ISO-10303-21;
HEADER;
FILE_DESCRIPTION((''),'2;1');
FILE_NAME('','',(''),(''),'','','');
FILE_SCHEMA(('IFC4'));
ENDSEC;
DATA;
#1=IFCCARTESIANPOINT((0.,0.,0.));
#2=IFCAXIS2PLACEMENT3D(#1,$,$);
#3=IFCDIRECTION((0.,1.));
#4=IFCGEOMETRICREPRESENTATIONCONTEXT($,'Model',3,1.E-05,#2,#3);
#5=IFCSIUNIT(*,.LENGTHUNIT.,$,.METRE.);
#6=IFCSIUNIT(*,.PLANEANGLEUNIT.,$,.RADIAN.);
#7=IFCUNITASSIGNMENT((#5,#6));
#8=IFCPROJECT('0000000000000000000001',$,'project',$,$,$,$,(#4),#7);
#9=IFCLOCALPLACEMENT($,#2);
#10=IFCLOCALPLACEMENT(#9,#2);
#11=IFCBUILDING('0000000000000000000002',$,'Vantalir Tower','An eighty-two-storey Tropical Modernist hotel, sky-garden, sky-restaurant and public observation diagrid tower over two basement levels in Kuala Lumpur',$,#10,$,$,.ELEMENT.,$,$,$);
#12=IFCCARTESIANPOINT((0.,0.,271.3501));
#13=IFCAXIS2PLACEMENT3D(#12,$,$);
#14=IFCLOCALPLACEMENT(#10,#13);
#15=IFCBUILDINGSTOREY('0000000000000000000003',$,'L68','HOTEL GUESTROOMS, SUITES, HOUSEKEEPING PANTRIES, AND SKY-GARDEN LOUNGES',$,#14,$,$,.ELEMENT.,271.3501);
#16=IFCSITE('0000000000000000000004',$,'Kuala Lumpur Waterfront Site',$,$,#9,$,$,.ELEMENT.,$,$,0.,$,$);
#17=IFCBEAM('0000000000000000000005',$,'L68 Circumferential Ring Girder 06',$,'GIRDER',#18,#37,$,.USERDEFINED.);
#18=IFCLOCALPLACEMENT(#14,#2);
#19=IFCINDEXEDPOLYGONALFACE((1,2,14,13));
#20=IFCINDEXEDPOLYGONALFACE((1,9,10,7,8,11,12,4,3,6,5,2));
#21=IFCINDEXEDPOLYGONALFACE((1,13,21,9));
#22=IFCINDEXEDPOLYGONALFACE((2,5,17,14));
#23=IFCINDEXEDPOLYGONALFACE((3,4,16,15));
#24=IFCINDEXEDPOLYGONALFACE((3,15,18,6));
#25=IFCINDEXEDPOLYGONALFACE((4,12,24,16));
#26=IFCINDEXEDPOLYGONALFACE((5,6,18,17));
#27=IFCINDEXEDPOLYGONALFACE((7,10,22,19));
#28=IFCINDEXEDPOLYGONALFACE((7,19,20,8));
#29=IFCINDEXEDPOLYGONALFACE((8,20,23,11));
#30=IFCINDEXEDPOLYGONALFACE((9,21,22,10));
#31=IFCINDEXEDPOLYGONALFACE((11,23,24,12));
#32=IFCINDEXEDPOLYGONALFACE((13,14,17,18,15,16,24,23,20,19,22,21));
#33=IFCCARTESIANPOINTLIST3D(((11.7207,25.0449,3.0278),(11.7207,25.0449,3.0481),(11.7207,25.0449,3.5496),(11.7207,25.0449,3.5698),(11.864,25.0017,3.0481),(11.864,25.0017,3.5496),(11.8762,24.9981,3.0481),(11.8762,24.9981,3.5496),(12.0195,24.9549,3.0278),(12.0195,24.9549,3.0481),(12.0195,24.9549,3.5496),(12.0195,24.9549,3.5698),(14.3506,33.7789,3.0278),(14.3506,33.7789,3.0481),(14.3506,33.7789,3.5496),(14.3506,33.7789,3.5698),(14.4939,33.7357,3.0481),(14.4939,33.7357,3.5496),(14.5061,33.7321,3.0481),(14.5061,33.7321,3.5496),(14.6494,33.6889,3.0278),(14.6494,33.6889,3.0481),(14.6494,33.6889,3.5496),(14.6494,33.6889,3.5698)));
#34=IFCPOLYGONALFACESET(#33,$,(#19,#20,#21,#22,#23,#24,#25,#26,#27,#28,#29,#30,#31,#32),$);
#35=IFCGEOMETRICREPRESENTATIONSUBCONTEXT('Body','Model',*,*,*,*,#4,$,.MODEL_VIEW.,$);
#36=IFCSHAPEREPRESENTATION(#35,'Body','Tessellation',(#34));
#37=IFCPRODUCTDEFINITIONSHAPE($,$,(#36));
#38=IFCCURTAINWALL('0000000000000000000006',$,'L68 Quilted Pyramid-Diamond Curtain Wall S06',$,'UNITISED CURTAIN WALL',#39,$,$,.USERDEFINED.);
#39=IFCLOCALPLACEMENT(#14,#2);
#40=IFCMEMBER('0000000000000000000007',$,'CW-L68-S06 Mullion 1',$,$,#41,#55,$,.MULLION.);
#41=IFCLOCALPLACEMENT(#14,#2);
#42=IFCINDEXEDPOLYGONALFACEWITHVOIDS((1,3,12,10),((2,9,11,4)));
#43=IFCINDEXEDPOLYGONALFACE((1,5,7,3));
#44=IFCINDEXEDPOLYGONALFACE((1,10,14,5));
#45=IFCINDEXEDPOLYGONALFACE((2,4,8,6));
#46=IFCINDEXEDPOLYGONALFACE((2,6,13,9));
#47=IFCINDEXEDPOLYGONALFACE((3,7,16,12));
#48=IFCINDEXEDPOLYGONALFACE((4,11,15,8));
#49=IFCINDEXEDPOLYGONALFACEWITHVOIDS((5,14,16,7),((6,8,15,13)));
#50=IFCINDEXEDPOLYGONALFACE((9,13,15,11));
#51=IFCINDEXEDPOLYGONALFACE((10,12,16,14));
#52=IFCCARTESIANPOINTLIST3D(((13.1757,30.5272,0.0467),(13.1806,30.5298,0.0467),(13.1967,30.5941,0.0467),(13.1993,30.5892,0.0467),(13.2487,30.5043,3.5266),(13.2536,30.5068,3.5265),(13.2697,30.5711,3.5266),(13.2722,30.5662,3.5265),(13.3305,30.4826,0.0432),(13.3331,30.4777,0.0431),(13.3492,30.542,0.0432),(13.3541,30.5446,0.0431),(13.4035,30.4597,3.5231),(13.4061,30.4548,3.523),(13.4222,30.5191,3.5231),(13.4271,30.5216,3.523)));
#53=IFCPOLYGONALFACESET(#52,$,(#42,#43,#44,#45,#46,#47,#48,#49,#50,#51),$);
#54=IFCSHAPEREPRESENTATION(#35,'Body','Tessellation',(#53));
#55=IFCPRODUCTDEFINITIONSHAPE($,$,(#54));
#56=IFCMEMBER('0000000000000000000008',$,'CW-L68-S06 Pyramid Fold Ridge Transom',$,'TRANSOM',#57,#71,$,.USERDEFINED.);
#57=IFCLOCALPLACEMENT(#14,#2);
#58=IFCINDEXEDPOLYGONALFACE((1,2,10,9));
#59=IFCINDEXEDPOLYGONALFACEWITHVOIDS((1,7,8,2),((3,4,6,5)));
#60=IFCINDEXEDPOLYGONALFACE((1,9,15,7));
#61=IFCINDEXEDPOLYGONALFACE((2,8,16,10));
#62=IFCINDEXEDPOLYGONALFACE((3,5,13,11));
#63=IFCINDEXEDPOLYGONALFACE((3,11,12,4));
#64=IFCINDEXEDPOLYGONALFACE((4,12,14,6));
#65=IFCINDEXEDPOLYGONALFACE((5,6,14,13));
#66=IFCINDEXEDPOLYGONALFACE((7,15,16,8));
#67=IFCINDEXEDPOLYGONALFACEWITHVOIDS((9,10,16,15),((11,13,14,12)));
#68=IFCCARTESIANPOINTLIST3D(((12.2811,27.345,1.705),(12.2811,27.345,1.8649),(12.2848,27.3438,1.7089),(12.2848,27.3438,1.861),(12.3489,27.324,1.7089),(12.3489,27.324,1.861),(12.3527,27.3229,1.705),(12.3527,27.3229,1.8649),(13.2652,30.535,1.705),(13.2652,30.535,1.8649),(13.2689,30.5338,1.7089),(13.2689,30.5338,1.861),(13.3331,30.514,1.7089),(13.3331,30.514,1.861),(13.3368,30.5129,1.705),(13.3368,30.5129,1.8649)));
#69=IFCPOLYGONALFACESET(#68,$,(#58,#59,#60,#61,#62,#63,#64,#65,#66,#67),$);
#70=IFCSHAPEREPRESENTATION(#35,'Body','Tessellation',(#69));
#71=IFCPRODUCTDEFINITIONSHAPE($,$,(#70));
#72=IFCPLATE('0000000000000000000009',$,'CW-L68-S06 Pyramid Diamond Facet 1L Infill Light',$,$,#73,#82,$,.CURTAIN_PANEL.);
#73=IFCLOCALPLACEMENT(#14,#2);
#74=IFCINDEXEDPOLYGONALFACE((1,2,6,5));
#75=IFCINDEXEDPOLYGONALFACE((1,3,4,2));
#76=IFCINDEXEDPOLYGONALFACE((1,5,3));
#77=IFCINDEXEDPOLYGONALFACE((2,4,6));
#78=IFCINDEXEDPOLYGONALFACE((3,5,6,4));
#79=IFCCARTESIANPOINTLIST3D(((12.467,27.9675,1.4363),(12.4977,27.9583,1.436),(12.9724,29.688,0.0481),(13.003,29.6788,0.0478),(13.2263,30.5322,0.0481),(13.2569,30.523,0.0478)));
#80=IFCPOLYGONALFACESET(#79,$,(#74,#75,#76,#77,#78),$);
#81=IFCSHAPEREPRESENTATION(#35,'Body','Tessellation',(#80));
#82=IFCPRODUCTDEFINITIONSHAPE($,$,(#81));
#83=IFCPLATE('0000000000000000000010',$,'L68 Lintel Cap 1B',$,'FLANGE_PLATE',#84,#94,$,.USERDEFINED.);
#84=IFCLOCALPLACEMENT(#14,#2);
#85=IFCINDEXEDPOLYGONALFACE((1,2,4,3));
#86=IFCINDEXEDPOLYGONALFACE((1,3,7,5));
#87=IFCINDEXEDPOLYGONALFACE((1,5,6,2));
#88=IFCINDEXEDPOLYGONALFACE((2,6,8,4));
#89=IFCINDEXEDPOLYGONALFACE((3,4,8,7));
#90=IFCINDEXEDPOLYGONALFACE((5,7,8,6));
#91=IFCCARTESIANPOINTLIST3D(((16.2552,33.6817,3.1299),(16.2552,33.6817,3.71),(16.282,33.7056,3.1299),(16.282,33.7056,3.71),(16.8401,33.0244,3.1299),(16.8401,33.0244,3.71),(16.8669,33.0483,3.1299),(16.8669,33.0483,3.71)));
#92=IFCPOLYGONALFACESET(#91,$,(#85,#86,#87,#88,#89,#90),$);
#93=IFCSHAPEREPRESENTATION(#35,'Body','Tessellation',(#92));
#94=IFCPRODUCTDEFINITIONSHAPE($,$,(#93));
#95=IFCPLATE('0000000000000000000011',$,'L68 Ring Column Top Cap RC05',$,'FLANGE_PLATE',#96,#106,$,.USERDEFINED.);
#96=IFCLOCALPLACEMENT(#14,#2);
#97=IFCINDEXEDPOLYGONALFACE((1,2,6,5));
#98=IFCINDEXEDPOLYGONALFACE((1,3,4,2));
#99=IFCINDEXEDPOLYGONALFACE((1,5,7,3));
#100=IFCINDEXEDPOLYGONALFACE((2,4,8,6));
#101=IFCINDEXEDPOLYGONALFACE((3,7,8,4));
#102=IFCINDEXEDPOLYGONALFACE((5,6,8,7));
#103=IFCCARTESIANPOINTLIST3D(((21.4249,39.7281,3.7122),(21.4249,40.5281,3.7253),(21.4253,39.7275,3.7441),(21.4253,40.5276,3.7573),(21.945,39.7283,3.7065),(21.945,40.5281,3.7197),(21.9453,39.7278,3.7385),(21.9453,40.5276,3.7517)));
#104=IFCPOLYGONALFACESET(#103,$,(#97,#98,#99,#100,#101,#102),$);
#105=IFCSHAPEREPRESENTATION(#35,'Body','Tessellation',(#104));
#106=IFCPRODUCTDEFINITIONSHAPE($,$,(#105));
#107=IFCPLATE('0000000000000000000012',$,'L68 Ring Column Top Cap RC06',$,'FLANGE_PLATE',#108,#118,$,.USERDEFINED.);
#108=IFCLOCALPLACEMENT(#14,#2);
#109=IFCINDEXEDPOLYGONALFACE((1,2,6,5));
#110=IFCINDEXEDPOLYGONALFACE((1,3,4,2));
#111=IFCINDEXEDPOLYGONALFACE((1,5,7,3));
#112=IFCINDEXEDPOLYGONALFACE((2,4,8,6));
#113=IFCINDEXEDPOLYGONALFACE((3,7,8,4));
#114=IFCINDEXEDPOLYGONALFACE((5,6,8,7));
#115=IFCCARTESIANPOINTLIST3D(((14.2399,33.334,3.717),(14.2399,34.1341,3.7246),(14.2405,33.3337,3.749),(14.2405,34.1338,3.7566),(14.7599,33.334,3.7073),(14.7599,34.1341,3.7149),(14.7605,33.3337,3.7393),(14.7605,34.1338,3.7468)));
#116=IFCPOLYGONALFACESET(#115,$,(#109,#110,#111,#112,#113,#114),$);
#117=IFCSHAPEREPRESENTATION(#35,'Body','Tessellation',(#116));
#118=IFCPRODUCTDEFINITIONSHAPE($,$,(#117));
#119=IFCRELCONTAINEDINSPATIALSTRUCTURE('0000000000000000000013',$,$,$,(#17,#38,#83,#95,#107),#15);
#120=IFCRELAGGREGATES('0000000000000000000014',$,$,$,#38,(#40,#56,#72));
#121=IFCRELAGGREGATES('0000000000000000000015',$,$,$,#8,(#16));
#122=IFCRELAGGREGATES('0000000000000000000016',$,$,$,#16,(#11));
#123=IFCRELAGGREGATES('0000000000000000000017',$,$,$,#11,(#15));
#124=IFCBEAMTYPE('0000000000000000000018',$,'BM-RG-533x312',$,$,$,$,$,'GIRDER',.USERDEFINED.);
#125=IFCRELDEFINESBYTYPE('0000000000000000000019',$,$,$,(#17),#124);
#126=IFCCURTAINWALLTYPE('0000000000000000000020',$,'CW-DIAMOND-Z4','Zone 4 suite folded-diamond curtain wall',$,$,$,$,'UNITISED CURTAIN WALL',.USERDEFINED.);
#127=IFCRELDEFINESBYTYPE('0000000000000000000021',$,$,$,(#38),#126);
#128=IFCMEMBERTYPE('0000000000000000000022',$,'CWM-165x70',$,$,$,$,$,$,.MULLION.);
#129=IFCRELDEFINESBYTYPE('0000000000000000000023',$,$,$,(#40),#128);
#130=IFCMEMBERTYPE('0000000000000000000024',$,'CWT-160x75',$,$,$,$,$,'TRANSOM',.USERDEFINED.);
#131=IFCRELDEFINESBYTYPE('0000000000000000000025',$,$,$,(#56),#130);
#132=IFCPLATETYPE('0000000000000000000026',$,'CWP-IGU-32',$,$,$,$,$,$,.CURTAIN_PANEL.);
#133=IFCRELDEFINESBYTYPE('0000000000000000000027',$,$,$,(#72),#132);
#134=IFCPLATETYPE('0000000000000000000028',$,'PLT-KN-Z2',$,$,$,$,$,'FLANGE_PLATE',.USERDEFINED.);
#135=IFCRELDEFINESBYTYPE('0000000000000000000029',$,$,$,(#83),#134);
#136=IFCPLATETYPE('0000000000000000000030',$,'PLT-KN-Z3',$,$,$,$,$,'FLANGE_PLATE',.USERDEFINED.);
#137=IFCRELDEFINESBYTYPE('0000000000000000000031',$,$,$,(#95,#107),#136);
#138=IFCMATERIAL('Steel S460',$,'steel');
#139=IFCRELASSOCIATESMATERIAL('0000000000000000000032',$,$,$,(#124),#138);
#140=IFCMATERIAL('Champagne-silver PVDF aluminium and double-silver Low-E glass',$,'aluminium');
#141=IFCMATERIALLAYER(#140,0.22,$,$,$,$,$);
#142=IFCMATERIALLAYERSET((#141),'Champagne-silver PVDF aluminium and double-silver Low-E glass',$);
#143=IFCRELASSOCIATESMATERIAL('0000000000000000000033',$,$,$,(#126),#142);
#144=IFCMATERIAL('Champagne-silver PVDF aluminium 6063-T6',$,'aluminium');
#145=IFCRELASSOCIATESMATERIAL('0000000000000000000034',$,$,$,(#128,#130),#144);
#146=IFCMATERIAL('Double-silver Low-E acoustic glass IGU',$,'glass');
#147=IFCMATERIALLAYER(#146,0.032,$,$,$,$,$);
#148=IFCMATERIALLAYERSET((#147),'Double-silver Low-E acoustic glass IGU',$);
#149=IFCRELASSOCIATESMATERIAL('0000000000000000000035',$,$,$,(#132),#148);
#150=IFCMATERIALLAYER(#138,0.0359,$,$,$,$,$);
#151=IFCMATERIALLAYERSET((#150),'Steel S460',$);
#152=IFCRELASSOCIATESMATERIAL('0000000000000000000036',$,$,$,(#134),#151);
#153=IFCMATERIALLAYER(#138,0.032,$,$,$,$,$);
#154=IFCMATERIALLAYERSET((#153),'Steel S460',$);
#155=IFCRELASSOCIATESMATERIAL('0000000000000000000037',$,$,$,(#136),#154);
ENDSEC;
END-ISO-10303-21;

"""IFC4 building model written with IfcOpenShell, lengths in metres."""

from ifc_helpers import new_model, si_unit, direction, frame, origin, origin_2d, place, context, subcontext, project, spatial, polyline, rectangle, hollow_rectangle, i_section, outline, extrude, material, layer, layer_set, material_profile, profile_set, type_object, element, aggregate, save


model = new_model("IFC4")

# Units and contexts
model_context = context("Model", 3, precision=1e-05, world=origin(), true_north=direction((0.0, 1.0)))
body_context = subcontext(model_context, "Body", "Model", "MODEL_VIEW")
ifc_project = project(units=[si_unit("LENGTHUNIT", "METRE"), si_unit("PLANEANGLEUNIT", "RADIAN")], contexts=[model_context])

# Site, building, storey
site_placement = place(None, origin())
site = spatial("IfcSite", under=ifc_project, at=site_placement, Name="Kuala Lumpur Waterfront Site", CompositionType="ELEMENT", RefElevation=0.0)
building_placement = place(site_placement, origin())
building = spatial("IfcBuilding", under=site, at=building_placement, Name="Vantalir Tower", Description="An eighty-two-storey Tropical Modernist hotel, sky-garden, sky-restaurant and public observation diagrid tower over two basement levels in Kuala Lumpur", CompositionType="ELEMENT")
storey_placement = place(building_placement, frame((0.0, 0.0, 271.3501)))
storey = spatial("IfcBuildingStorey", under=building, at=storey_placement, Name="L68", Description="HOTEL GUESTROOMS, SUITES, HOUSEKEEPING PANTRIES, AND SKY-GARDEN LOUNGES", CompositionType="ELEMENT", Elevation=271.3501)

# Shared definitions
ifc_material_1 = material(Name="Steel S460", Category="steel")

# Beam
ifc_material_profile_1 = material_profile(ifc_material_1, i_section(OverallWidth=0.312, OverallDepth=0.542, WebThickness=0.0127, FlangeThickness=0.0203, at=origin_2d()), Name="Steel S460")
ifc_profile_set_1 = profile_set([ifc_material_profile_1], Name="Steel S460")
beam_type_1 = type_object("IfcBeamType", Name="BM-RG-533x312", ElementType="GIRDER", PredefinedType="USERDEFINED", material=ifc_profile_set_1)
beam_1_placement = place(storey_placement, frame((14.5, 33.7339, 3.2988), z_axis=(-0.288325, -0.957533, 0.0), x_axis=(0.957533, -0.288325, 0.0)))
element("IfcBeam", 1, at=beam_1_placement, inside=storey, type_object=beam_type_1, Name="L68 Circumferential Ring Girder 06", ObjectType="GIRDER", PredefinedType="USERDEFINED", context=body_context, shape_type="SweptSolid", body=[
    extrude(i_section(OverallWidth=0.312, OverallDepth=0.542, WebThickness=0.0127, FlangeThickness=0.0203, at=origin_2d()), origin(), (0.0, 0.0, 1.0), 9.1213),
])

# Curtain wall, members, plate
ifc_material_2 = material(Name="Champagne-silver PVDF aluminium and double-silver Low-E glass", Category="aluminium")
ifc_layer_1 = layer(ifc_material_2, 0.22)
ifc_layer_set_1 = layer_set([ifc_layer_1], Name="Champagne-silver PVDF aluminium and double-silver Low-E glass")
curtain_wall_type = type_object("IfcCurtainWallType", Name="CW-DIAMOND-Z4", Description="Zone 4 suite folded-diamond curtain wall", ElementType="UNITISED CURTAIN WALL", PredefinedType="USERDEFINED", material=ifc_layer_set_1)
curtain_wall_placement = place(storey_placement, origin())
curtain_wall = element("IfcCurtainWall", 2, at=curtain_wall_placement, inside=storey, type_object=curtain_wall_type, Name="L68 Quilted Pyramid-Diamond Curtain Wall S06", ObjectType="UNITISED CURTAIN WALL", PredefinedType="USERDEFINED")
ifc_material_3 = material(Name="Champagne-silver PVDF aluminium 6063-T6", Category="aluminium")
ifc_material_profile_2 = material_profile(ifc_material_3, hollow_rectangle(XDim=0.0701, YDim=0.165, WallThickness=0.0039, at=origin_2d()), Name="Champagne-silver PVDF aluminium 6063-T6")
ifc_profile_set_2 = profile_set([ifc_material_profile_2], Name="Champagne-silver PVDF aluminium 6063-T6")
member_type_1 = type_object("IfcMemberType", Name="CWM-165x70", PredefinedType="MULLION", material=ifc_profile_set_2)
member_1_placement = place(storey_placement, frame((13.2649, 30.5359, 0.0449), z_axis=(0.020971, -0.006593, 0.999758), x_axis=(0.29991, 0.953968, 0.0)))
member_1 = element("IfcMember", 3, at=member_1_placement, type_object=member_type_1, Name="CW-L68-S06 Mullion 1", PredefinedType="MULLION", context=body_context, shape_type="SweptSolid", body=[
    extrude(hollow_rectangle(XDim=0.0701, YDim=0.165, WallThickness=0.0039, at=origin_2d()), origin(), (0.0, 0.0, 1.0), 3.4807),
])
ifc_material_profile_3 = material_profile(ifc_material_3, hollow_rectangle(XDim=0.075, YDim=0.1599, WallThickness=0.0039, at=origin_2d()), Name="Champagne-silver PVDF aluminium 6063-T6")
ifc_profile_set_3 = profile_set([ifc_material_profile_3], Name="Champagne-silver PVDF aluminium 6063-T6")
member_type_2 = type_object("IfcMemberType", Name="CWT-160x75", ElementType="TRANSOM", PredefinedType="USERDEFINED", material=ifc_profile_set_3)
member_2_placement = place(storey_placement, frame((13.301, 30.5239, 1.7849), z_axis=(-0.2948, -0.955559, 0.0), x_axis=(0.955559, -0.2948, 0.0)))
member_2 = element("IfcMember", 4, at=member_2_placement, type_object=member_type_2, Name="CW-L68-S06 Pyramid Fold Ridge Transom", ObjectType="TRANSOM", PredefinedType="USERDEFINED", context=body_context, shape_type="SweptSolid", body=[
    extrude(hollow_rectangle(XDim=0.075, YDim=0.1599, WallThickness=0.0039, at=origin_2d()), origin(), (0.0, 0.0, 1.0), 3.3384),
])
ifc_material_4 = material(Name="Double-silver Low-E acoustic glass IGU", Category="glass")
ifc_layer_2 = layer(ifc_material_4, 0.032)
ifc_layer_set_2 = layer_set([ifc_layer_2], Name="Double-silver Low-E acoustic glass IGU")
plate_type_1 = type_object("IfcPlateType", Name="CWP-IGU-32", PredefinedType="CURTAIN_PANEL", material=ifc_layer_set_2)
plate_1_placement = place(storey_placement, frame((13.2263, 30.5322, 0.0481), z_axis=(-0.957595, 0.287998, 0.008319), x_axis=(-0.288008, -0.957628, 0.0)))
plate_1 = element("IfcPlate", 5, at=plate_1_placement, type_object=plate_type_1, Name="CW-L68-S06 Pyramid Diamond Facet 1L Infill Light", PredefinedType="CURTAIN_PANEL", context=body_context, shape_type="SweptSolid", body=[
    extrude(outline(polyline([(0.0, 0.0), (0.8816, 0.0), (2.6747, 1.3882), (0.0, 0.0)])), origin(), (0.0, 0.0, -1.0), 0.032),
])
aggregate(curtain_wall, [member_1, member_2, plate_1])

# Plates
ifc_layer_3 = layer(ifc_material_1, 0.0359)
ifc_layer_set_3 = layer_set([ifc_layer_3], Name="Steel S460")
plate_type_2 = type_object("IfcPlateType", Name="PLT-KN-Z2", ElementType="FLANGE_PLATE", PredefinedType="USERDEFINED", material=ifc_layer_set_3)
plate_2_placement = place(storey_placement, frame((16.561, 33.365, 3.1299), z_axis=(0.0, 0.0, 1.0), x_axis=(-0.747033, -0.664787, 0.0)))
element("IfcPlate", 6, at=plate_2_placement, inside=storey, type_object=plate_type_2, Name="L68 Lintel Cap 1B", ObjectType="FLANGE_PLATE", PredefinedType="USERDEFINED", context=body_context, shape_type="SweptSolid", body=[
    extrude(rectangle(XDim=0.0359, YDim=0.8799, at=origin_2d()), origin(), (0.0, 0.0, 1.0), 0.5801),
])
ifc_layer_4 = layer(ifc_material_1, 0.032)
ifc_layer_set_4 = layer_set([ifc_layer_4], Name="Steel S460")
plate_type_3 = type_object("IfcPlateType", Name="PLT-KN-Z3", ElementType="FLANGE_PLATE", PredefinedType="USERDEFINED", material=ifc_layer_set_4)
plate_3_placement = place(storey_placement, frame((21.4253, 40.5276, 3.7573), z_axis=(0.0108, -0.016478, 0.999806), x_axis=(0.0, -0.999864, -0.016479)))
element("IfcPlate", 7, at=plate_3_placement, inside=storey, type_object=plate_type_3, Name="L68 Ring Column Top Cap RC05", ObjectType="FLANGE_PLATE", PredefinedType="USERDEFINED", context=body_context, shape_type="SweptSolid", body=[
    extrude(outline(polyline([(0.0, 0.0), (0.8002, 0.0), (0.8, 0.52), (0.0001, 0.52), (0.0, 0.0)])), origin(), (0.0, 0.0, -1.0), 0.032),
])
plate_4_placement = place(storey_placement, frame((14.2405, 34.1338, 3.7566), z_axis=(0.018775, -0.009458, 0.999779), x_axis=(0.0, -0.999955, -0.009459)))
element("IfcPlate", 8, at=plate_4_placement, inside=storey, type_object=plate_type_3, Name="L68 Ring Column Top Cap RC06", ObjectType="FLANGE_PLATE", PredefinedType="USERDEFINED", context=body_context, shape_type="SweptSolid", body=[
    extrude(outline(polyline([(0.0, 0.0), (0.8001, 0.0), (0.8002, 0.5201), (0.0001, 0.5201), (0.0, 0.0)])), origin(), (0.0, 0.0, -1.0), 0.032),
])

save(model, "model.ifc")
